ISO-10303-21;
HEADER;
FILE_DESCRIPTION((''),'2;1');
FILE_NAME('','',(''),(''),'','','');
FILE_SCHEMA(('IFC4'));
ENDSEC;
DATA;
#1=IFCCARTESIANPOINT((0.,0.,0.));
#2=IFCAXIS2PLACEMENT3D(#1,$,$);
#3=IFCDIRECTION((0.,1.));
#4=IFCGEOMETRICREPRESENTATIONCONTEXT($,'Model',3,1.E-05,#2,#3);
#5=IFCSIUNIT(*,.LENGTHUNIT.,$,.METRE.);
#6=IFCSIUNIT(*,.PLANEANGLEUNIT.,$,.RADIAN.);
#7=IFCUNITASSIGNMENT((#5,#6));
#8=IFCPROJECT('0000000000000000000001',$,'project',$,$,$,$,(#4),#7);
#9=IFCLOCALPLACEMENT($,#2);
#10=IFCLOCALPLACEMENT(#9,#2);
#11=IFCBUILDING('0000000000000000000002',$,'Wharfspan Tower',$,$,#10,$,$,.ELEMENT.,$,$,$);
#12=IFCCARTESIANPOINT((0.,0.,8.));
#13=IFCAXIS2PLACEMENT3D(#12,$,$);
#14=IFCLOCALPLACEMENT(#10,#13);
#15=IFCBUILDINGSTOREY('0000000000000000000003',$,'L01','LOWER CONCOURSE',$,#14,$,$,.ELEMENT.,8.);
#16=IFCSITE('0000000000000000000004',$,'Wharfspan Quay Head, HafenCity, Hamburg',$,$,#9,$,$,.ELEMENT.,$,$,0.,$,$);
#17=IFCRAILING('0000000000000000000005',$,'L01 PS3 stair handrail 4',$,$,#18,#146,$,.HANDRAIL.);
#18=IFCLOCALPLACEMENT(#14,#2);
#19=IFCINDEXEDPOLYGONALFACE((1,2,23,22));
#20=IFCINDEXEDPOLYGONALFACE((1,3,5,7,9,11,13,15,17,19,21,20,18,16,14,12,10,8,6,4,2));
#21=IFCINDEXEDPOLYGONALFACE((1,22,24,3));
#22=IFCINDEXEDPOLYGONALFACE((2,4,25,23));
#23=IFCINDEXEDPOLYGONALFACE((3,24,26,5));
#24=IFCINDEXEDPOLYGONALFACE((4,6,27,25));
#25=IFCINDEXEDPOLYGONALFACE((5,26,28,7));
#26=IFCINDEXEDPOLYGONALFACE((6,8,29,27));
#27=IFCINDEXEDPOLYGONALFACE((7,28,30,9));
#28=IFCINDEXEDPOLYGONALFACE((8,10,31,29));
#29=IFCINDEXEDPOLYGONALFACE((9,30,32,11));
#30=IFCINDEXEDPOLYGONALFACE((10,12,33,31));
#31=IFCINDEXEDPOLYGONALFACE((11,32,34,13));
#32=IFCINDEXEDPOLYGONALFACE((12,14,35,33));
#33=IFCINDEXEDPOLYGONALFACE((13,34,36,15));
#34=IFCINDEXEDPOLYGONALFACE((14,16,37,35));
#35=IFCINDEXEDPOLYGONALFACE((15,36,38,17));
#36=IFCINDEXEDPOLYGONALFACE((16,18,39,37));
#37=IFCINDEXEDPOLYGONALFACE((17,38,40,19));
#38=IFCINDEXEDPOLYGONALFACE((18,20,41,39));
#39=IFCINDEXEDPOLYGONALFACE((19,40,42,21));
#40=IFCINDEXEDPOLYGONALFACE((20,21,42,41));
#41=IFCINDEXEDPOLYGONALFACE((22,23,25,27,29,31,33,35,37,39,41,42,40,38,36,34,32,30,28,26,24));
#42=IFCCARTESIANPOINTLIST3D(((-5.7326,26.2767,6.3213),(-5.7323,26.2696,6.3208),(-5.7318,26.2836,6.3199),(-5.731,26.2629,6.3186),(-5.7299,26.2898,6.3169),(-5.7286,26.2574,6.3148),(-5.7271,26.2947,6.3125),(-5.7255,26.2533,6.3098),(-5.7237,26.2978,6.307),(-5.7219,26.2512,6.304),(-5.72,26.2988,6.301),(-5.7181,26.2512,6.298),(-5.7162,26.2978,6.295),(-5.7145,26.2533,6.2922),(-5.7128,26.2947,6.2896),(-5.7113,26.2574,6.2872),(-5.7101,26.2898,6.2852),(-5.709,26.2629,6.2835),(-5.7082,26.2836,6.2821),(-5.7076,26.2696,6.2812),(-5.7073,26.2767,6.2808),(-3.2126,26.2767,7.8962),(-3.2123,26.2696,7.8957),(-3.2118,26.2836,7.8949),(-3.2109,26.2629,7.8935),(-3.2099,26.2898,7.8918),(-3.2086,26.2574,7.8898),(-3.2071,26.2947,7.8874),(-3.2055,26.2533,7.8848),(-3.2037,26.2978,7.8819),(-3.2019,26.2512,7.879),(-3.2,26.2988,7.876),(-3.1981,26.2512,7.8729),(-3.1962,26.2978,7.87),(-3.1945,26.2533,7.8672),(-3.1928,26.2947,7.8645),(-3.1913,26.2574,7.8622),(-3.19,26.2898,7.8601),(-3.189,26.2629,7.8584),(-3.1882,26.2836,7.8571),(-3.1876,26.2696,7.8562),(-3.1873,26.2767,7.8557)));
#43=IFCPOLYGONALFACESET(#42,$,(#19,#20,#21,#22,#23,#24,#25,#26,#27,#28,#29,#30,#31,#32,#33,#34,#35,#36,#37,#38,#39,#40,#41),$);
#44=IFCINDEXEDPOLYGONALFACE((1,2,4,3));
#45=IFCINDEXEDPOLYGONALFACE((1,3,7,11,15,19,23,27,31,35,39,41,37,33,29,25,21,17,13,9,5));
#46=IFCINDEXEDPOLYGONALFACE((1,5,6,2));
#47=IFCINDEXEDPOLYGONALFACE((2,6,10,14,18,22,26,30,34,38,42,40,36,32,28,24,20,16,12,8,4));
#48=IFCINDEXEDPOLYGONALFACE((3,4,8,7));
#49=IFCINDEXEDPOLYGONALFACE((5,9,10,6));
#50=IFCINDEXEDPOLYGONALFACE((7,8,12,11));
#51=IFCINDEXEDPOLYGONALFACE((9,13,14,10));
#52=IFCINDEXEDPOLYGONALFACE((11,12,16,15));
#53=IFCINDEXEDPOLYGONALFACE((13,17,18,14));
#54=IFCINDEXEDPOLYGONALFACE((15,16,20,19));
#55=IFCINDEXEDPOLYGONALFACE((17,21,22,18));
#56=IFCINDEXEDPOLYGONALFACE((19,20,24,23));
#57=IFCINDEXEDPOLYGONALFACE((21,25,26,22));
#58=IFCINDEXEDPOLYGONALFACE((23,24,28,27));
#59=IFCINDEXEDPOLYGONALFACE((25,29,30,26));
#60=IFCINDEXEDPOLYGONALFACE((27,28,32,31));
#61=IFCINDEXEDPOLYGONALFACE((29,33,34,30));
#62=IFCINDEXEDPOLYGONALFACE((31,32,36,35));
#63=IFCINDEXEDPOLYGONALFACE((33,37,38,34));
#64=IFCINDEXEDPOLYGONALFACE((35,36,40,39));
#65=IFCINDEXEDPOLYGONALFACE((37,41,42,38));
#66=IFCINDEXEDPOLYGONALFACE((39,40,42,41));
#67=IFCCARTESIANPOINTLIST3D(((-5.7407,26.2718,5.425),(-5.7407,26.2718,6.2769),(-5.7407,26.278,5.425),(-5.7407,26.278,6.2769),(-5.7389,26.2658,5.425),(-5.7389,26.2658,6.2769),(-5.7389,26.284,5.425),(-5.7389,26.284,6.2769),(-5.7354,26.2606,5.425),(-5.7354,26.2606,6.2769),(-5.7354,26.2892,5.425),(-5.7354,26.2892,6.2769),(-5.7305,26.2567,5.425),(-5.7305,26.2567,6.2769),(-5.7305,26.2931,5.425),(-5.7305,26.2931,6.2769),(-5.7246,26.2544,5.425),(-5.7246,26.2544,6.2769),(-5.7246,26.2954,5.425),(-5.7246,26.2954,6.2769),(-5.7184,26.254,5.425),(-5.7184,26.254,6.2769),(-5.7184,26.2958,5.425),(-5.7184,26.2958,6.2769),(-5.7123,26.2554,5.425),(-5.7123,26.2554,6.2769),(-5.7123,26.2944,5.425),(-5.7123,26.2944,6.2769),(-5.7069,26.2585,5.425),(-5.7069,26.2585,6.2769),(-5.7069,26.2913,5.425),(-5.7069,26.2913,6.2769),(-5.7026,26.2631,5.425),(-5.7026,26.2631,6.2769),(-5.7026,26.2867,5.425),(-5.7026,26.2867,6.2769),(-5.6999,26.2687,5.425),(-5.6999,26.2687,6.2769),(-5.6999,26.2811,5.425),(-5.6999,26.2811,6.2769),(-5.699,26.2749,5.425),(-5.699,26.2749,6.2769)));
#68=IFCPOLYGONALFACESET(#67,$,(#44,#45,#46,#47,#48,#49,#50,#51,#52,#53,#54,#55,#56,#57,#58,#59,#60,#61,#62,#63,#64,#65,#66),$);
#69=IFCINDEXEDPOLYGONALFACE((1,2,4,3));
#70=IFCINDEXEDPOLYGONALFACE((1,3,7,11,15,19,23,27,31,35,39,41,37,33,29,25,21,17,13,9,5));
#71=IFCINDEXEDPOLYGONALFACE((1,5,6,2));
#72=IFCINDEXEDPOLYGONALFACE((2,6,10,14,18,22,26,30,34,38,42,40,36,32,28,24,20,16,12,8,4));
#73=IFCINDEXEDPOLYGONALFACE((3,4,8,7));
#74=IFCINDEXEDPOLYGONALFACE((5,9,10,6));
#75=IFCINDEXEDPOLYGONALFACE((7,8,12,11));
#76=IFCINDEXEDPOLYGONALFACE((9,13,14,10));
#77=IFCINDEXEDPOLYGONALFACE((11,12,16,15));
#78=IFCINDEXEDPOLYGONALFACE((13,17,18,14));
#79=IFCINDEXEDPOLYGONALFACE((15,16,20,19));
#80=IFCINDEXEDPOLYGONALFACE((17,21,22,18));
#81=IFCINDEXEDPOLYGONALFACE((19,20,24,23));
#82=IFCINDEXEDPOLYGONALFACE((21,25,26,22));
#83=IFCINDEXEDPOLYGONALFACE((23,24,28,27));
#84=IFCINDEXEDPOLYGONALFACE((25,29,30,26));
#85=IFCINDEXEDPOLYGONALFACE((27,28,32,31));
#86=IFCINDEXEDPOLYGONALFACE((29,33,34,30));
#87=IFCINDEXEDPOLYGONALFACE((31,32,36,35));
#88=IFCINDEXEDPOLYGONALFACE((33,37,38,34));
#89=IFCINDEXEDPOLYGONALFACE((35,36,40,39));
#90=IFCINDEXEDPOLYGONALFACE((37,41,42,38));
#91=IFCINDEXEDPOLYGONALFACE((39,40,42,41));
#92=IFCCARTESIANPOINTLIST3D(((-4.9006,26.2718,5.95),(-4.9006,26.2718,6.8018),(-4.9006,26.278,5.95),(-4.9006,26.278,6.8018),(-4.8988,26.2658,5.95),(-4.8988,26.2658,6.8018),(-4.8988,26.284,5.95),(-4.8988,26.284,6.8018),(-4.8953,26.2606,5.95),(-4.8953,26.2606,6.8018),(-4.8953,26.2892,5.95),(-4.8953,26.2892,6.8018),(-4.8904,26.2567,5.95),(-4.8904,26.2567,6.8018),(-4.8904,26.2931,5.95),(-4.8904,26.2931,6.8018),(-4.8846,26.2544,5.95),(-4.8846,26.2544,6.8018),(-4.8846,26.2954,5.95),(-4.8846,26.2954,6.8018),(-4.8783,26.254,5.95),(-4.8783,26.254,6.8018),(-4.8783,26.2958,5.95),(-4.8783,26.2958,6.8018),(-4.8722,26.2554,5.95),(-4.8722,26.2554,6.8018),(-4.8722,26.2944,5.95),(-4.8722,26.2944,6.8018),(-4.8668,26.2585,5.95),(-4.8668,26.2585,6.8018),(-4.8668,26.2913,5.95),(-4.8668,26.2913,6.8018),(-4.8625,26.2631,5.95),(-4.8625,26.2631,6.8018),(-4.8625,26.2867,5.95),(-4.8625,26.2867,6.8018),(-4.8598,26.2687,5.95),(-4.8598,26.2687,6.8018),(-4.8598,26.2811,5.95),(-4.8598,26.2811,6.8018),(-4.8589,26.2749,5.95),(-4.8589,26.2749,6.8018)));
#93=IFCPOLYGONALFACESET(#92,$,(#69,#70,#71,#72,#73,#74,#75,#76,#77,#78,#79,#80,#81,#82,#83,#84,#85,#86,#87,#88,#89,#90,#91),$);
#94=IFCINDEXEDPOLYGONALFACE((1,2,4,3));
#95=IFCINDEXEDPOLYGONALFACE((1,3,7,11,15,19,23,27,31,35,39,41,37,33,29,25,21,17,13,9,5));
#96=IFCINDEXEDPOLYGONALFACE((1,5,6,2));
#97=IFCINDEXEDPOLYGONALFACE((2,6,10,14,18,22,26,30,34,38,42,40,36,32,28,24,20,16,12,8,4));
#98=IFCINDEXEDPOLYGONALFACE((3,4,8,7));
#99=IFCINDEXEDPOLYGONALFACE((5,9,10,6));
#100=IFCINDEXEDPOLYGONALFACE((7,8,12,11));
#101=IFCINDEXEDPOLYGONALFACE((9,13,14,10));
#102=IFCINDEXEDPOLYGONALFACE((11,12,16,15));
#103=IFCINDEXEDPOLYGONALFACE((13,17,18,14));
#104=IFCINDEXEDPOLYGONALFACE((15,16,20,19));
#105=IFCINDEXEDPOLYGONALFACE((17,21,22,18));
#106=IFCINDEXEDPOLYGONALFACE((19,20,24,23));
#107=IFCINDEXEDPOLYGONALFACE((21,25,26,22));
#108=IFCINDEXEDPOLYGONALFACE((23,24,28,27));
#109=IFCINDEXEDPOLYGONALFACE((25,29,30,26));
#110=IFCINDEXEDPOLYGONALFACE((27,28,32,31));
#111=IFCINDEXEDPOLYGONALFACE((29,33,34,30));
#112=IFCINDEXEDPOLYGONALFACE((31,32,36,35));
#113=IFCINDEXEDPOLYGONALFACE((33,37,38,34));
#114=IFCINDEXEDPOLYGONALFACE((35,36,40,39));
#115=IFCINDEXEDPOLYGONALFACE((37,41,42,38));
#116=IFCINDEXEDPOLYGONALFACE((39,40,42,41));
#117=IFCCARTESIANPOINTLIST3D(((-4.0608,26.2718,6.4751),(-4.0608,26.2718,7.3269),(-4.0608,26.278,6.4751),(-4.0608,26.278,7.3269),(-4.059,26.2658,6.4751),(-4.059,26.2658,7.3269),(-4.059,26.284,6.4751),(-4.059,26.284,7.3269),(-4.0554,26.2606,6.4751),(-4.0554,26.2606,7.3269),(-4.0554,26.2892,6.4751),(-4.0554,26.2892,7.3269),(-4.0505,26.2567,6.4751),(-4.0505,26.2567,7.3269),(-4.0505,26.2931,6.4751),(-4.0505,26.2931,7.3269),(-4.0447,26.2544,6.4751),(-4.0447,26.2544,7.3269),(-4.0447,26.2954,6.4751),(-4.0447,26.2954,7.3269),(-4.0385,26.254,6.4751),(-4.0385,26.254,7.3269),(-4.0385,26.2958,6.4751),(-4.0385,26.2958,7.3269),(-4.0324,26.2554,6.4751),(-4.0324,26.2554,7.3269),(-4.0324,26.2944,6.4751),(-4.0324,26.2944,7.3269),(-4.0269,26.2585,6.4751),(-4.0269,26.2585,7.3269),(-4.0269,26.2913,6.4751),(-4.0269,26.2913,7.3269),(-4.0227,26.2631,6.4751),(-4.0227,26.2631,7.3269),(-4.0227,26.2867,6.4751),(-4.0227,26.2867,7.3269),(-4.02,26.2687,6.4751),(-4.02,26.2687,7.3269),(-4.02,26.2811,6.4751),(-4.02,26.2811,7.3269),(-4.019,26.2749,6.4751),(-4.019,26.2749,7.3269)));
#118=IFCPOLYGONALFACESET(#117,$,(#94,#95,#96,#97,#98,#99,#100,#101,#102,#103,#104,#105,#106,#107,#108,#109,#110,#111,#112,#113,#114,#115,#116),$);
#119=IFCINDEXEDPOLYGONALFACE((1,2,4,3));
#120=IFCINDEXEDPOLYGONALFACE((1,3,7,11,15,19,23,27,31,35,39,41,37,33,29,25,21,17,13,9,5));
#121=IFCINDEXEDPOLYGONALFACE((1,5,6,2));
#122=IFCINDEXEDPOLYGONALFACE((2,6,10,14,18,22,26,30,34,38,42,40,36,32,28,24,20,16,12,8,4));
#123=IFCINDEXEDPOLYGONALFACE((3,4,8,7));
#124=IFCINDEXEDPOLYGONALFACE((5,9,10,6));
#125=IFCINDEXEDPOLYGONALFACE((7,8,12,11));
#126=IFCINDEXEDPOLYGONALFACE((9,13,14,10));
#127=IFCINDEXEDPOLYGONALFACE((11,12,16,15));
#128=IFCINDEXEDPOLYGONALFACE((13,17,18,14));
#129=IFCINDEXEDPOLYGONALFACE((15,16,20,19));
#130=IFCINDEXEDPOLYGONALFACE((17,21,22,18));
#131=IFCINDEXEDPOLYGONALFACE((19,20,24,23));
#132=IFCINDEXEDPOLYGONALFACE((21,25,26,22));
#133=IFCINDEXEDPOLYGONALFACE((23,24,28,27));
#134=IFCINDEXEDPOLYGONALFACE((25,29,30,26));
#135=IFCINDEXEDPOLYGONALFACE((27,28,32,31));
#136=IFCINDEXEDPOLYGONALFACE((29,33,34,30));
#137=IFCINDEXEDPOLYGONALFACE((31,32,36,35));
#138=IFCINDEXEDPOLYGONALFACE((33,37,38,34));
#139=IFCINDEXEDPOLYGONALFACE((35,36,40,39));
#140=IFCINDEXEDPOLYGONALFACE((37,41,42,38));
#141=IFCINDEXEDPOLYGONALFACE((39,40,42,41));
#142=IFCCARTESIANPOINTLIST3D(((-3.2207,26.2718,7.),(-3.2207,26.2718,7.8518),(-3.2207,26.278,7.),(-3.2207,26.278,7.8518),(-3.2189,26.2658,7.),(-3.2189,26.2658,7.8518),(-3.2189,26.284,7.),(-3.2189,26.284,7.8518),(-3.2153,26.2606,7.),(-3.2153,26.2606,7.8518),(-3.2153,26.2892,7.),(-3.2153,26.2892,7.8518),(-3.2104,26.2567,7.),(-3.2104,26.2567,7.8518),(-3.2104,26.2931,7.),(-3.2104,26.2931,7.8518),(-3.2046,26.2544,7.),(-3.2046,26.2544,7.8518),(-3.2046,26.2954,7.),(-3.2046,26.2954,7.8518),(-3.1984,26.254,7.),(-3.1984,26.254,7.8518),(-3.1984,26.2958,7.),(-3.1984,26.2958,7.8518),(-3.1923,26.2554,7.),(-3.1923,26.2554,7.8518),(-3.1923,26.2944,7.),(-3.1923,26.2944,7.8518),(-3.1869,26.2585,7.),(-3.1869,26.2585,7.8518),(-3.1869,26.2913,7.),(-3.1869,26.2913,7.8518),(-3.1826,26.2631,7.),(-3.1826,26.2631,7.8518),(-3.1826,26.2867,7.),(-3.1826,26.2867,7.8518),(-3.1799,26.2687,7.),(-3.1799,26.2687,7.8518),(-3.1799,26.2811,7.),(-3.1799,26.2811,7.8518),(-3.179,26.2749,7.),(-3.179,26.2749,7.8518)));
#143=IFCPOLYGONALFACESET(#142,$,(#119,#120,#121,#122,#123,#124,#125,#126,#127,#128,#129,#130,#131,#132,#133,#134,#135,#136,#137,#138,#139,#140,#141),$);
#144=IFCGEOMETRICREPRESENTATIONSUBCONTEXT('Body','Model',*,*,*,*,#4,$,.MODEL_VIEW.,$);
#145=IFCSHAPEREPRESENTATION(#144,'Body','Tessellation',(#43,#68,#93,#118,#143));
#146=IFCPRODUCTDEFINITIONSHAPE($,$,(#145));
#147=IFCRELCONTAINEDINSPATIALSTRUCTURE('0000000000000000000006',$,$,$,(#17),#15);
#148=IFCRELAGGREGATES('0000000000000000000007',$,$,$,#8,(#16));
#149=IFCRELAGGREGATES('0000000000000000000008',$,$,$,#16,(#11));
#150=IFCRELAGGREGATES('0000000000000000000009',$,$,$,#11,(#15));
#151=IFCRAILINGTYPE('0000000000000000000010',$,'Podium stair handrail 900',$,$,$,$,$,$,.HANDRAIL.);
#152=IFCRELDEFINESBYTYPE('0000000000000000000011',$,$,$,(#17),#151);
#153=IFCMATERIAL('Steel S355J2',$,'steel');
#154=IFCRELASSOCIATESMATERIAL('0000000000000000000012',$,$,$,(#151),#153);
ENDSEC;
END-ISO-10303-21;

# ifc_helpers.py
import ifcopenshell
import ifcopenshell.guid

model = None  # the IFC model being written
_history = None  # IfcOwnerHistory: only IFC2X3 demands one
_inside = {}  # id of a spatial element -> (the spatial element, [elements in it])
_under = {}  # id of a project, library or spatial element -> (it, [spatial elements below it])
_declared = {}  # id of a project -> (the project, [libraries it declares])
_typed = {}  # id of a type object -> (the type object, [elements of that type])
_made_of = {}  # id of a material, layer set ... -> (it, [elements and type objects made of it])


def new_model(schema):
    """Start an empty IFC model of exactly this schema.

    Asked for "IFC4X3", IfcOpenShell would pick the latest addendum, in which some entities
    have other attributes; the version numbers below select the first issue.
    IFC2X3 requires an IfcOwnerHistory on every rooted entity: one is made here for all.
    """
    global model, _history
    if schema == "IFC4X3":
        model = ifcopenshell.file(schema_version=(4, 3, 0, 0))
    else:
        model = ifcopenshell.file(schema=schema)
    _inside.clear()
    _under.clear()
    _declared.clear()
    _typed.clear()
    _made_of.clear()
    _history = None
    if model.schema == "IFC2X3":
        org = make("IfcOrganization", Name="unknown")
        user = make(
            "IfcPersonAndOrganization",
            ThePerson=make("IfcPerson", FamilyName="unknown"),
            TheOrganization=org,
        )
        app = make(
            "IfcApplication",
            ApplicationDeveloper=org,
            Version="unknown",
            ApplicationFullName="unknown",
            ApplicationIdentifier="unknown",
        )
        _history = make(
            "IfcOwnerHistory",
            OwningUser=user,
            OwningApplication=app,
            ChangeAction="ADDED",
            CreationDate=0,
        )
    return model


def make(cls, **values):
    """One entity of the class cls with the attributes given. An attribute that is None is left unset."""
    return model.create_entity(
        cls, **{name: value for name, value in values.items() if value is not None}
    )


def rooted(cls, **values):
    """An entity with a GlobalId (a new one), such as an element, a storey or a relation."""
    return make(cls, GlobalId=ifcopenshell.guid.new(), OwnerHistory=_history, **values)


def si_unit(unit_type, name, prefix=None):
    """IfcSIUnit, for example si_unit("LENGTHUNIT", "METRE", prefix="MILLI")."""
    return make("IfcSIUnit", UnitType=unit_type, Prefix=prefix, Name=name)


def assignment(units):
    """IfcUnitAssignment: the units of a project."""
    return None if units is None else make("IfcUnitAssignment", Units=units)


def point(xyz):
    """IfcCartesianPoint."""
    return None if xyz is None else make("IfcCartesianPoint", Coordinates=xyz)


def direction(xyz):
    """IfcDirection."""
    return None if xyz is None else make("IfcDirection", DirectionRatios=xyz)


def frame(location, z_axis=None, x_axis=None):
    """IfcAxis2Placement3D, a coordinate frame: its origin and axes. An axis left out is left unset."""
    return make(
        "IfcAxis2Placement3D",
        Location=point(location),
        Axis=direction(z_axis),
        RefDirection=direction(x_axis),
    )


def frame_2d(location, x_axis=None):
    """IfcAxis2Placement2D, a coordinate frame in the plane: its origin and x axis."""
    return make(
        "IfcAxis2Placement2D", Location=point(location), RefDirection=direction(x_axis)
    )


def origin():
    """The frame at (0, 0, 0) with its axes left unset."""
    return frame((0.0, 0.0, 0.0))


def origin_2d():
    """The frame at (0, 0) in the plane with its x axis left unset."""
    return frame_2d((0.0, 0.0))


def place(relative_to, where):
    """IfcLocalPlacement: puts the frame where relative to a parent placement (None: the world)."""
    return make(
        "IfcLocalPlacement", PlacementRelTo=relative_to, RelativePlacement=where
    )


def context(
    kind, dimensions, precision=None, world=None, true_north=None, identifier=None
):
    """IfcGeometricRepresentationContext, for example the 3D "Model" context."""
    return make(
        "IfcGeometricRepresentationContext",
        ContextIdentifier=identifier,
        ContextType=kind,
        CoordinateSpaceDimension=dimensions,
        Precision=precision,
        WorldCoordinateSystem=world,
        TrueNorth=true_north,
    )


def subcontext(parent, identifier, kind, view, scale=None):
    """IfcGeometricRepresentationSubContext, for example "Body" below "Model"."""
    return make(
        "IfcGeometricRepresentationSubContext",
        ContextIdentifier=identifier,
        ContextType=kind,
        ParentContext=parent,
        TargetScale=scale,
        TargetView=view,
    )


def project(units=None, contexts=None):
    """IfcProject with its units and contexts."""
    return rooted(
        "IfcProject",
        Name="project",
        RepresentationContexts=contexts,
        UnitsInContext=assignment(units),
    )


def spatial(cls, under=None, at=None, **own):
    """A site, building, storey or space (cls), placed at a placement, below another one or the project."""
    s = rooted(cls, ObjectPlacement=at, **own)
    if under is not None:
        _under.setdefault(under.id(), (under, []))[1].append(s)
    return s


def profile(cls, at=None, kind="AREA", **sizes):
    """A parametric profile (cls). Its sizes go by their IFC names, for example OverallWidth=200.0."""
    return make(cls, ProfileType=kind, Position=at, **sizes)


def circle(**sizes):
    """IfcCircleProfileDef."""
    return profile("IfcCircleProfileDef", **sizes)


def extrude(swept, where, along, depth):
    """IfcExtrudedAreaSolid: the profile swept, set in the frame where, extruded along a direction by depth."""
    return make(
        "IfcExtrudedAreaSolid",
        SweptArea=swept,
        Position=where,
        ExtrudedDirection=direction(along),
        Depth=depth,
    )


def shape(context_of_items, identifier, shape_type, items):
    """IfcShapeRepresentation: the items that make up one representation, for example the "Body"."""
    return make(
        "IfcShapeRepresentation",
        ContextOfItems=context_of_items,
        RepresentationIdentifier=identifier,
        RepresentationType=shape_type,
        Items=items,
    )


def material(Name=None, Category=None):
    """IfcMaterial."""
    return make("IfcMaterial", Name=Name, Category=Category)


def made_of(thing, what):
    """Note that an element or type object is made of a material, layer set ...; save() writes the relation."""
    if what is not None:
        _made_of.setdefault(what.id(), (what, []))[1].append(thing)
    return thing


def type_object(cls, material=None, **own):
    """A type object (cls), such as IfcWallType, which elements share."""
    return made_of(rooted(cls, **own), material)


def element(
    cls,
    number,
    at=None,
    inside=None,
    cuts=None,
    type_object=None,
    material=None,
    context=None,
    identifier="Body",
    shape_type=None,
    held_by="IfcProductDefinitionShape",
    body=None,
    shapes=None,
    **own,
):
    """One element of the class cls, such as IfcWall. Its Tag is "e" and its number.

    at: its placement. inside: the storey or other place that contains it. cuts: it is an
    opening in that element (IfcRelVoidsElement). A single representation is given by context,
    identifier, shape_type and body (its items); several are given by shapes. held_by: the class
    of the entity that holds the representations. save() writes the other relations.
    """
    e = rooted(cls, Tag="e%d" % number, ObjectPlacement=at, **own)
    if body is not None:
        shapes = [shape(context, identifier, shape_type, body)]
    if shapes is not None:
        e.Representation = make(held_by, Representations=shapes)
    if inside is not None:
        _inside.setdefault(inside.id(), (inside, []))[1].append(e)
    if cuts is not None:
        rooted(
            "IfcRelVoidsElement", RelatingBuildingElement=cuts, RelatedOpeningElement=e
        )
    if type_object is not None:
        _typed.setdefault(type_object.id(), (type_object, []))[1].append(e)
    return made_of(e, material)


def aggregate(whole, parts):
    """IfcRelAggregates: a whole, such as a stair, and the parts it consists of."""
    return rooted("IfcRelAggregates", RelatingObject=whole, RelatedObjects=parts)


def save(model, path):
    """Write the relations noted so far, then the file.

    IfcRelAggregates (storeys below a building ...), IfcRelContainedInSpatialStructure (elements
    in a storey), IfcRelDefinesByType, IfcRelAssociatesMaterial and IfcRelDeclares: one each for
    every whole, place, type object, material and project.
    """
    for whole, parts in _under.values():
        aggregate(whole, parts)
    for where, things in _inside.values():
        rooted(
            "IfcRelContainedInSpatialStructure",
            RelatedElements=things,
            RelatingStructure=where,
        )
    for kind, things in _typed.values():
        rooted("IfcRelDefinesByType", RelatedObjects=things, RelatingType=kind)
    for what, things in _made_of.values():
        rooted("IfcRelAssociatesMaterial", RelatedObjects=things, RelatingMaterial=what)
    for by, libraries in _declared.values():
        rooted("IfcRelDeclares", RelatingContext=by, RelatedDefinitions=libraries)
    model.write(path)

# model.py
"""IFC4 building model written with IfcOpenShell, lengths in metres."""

from ifc_helpers import new_model, si_unit, direction, frame, origin, origin_2d, place, context, subcontext, project, spatial, circle, extrude, material, type_object, element, save


model = new_model("IFC4")

# Units and contexts
model_context = context("Model", 3, precision=1e-05, world=origin(), true_north=direction((0.0, 1.0)))
body_context = subcontext(model_context, "Body", "Model", "MODEL_VIEW")
ifc_project = project(units=[si_unit("LENGTHUNIT", "METRE"), si_unit("PLANEANGLEUNIT", "RADIAN")], contexts=[model_context])

# Site, building, storey
site_placement = place(None, origin())
site = spatial("IfcSite", under=ifc_project, at=site_placement, Name="Wharfspan Quay Head, HafenCity, Hamburg", CompositionType="ELEMENT", RefElevation=0.0)
building_placement = place(site_placement, origin())
building = spatial("IfcBuilding", under=site, at=building_placement, Name="Wharfspan Tower", CompositionType="ELEMENT")
storey_placement = place(building_placement, frame((0.0, 0.0, 8.0)))
storey = spatial("IfcBuildingStorey", under=building, at=storey_placement, Name="L01", Description="LOWER CONCOURSE", CompositionType="ELEMENT", Elevation=8.0)

# Railing
ifc_material_1 = material(Name="Steel S355J2", Category="steel")
railing_type_1 = type_object("IfcRailingType", Name="Podium stair handrail 900", PredefinedType="HANDRAIL", material=ifc_material_1)
for number, where, name in (
    (1, (-5.72, 26.2749, 5.425), "L01 PS3 stair handrail 4"),
):
    element("IfcRailing", number, at=place(storey_placement, frame(where)), inside=storey, type_object=railing_type_1, Name=name, PredefinedType="HANDRAIL", context=body_context, shape_type="SweptSolid", body=[
        extrude(circle(Radius=0.0239, at=origin_2d()), frame((0.0, 0.0, 0.876), z_axis=(0.848008, 0.0, 0.529984), x_axis=(0.0, 1.0, 0.0)), (0.0, 0.0, 1.0), 2.9717),
        extrude(circle(Radius=0.021, at=origin_2d()), origin(), (0.0, 0.0, 1.0), 0.8518),
        extrude(circle(Radius=0.021, at=origin_2d()), frame((0.8401, 0.0, 0.5249)), (0.0, 0.0, 1.0), 0.8518),
        extrude(circle(Radius=0.021, at=origin_2d()), frame((1.6799, 0.0, 1.05)), (0.0, 0.0, 1.0), 0.8518),
        extrude(circle(Radius=0.021, at=origin_2d()), frame((2.52, 0.0, 1.575)), (0.0, 0.0, 1.0), 0.8518),
    ])

save(model, "model.ifc")
